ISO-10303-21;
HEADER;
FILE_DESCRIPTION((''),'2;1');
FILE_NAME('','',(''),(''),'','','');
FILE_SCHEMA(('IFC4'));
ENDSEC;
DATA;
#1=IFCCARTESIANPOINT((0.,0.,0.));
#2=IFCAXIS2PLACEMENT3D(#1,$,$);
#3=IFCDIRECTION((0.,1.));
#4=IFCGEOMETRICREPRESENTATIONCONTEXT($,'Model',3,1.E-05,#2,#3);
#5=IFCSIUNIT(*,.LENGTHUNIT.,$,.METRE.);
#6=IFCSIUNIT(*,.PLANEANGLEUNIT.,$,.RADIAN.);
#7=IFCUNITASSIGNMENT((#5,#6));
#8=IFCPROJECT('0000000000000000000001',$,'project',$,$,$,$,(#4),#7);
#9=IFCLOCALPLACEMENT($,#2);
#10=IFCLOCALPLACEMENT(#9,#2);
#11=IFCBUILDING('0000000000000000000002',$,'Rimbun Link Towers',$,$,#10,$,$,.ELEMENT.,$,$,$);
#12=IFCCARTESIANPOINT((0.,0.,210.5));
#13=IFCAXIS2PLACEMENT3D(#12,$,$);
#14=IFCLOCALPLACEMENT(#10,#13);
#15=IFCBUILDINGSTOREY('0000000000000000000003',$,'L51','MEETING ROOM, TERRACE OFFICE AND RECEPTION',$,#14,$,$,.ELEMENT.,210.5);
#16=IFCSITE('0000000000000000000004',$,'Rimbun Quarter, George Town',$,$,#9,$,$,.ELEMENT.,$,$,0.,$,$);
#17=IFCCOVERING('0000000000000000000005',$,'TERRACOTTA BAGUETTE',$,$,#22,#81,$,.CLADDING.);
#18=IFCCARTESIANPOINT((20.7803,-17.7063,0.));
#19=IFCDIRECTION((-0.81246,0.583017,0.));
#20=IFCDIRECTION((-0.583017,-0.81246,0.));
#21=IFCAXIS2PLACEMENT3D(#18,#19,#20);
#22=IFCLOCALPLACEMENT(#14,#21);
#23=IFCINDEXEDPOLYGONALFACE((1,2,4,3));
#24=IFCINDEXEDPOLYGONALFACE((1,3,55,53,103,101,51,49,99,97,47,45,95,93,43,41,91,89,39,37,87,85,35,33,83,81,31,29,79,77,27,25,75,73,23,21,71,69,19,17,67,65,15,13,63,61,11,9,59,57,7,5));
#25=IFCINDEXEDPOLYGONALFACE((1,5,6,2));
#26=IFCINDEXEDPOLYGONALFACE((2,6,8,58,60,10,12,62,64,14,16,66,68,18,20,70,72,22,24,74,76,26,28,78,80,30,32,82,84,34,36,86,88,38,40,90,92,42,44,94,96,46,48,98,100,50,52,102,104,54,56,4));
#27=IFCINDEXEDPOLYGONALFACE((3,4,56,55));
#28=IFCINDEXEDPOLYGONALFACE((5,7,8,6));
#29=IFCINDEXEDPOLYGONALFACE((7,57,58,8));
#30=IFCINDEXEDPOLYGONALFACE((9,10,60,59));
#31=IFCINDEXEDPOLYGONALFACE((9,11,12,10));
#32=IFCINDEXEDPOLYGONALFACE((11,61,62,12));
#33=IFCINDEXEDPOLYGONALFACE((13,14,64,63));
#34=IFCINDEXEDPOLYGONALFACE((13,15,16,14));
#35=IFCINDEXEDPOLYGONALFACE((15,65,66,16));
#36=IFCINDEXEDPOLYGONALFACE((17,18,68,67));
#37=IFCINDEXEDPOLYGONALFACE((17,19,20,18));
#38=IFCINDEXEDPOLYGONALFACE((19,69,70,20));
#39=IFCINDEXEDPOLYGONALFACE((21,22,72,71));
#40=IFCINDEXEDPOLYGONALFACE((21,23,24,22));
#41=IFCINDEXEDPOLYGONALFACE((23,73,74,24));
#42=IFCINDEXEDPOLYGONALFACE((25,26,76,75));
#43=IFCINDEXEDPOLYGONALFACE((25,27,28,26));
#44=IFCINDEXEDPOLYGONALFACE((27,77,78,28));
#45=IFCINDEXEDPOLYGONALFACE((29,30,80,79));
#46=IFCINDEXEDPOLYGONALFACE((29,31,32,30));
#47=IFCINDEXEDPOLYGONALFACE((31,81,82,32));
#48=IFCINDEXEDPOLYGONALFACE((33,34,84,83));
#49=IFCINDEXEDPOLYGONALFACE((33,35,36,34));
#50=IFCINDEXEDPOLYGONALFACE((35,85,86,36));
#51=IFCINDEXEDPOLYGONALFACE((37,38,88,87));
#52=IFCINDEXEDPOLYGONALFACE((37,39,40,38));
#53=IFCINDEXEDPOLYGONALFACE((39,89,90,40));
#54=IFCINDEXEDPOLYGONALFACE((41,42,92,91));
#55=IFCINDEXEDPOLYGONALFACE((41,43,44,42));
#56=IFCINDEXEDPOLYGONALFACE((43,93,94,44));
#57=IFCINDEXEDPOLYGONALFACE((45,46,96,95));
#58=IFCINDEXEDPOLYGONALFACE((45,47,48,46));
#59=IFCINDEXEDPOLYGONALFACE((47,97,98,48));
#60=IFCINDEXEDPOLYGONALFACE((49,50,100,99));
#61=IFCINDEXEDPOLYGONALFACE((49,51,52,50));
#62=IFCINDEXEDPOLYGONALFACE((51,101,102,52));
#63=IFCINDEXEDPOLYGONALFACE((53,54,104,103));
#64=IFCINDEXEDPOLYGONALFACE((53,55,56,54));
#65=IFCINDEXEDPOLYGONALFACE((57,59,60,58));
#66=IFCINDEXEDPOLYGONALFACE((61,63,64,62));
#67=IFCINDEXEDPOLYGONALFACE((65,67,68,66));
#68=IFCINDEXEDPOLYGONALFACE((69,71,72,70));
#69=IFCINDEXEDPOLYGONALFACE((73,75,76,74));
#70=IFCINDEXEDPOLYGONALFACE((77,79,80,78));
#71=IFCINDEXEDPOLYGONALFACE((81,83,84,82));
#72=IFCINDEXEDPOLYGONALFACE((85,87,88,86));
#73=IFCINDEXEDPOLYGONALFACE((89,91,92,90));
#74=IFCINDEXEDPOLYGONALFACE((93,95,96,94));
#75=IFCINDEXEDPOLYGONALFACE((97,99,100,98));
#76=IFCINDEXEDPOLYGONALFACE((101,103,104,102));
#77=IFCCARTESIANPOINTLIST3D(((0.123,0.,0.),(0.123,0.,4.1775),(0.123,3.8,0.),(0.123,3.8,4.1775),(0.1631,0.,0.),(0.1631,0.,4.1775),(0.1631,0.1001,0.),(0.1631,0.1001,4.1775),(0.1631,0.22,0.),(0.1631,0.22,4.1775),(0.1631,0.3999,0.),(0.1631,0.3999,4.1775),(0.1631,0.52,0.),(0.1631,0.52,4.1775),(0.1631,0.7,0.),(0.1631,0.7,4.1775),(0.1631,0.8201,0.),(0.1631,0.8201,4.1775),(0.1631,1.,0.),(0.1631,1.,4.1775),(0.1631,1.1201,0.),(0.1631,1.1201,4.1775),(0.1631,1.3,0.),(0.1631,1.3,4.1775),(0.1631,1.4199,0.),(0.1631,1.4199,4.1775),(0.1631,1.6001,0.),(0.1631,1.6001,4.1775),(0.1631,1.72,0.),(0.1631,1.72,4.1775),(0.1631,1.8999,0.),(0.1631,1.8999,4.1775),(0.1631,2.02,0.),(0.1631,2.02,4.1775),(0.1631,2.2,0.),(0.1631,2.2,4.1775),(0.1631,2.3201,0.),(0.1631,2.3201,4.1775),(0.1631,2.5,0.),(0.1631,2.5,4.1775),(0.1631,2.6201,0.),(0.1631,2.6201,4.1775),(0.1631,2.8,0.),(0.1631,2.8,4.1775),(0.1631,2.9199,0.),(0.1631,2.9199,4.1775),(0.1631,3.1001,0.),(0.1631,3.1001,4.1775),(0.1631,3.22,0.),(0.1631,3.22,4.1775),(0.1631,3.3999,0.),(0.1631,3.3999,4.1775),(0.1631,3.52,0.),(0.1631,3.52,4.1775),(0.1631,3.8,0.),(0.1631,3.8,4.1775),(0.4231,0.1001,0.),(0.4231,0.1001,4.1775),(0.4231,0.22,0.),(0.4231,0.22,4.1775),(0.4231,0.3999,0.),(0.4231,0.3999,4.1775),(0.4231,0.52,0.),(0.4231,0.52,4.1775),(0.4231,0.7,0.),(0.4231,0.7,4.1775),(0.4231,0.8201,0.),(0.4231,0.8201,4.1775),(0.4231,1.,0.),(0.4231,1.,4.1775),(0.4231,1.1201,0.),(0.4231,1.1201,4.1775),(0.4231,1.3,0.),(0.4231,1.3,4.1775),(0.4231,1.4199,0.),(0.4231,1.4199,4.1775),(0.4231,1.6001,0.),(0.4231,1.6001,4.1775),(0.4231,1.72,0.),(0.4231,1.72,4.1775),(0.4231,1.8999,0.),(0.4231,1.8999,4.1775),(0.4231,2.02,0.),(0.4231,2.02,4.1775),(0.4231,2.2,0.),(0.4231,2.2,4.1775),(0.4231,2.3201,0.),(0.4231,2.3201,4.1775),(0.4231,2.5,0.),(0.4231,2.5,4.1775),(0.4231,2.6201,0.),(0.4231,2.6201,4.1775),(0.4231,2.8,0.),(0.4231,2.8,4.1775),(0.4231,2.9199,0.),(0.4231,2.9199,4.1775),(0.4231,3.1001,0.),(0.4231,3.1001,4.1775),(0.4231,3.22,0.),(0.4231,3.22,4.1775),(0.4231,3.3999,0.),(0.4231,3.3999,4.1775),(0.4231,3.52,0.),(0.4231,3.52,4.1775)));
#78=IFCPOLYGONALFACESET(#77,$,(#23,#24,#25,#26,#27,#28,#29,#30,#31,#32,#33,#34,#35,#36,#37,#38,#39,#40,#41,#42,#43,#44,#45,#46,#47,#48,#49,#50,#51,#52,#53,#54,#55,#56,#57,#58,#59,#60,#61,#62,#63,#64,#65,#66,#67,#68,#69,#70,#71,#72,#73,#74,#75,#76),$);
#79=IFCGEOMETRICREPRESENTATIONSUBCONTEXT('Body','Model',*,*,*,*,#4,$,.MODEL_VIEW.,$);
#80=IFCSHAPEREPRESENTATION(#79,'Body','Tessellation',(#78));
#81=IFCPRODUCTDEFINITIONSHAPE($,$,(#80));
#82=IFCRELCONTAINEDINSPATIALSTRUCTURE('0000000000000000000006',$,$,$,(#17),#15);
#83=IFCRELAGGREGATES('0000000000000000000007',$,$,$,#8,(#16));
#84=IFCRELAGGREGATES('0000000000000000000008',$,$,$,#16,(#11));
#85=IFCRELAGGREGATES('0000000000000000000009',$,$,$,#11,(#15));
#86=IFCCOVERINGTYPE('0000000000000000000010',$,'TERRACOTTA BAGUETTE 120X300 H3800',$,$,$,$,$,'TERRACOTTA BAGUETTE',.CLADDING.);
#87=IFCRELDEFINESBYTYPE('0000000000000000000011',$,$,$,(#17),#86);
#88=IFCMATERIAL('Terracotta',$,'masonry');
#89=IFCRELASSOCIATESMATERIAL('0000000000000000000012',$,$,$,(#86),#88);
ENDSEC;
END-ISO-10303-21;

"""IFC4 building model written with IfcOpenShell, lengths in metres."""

from ifc_helpers import new_model, si_unit, direction, frame, origin, place, context, subcontext, project, spatial, polyline, outline, extrude, material, material_profile, profile_set, type_object, element, save


model = new_model("IFC4")

# Units and contexts
model_context = context("Model", 3, precision=1e-05, world=origin(), true_north=direction((0.0, 1.0)))
body_context = subcontext(model_context, "Body", "Model", "MODEL_VIEW")
ifc_project = project(units=[si_unit("LENGTHUNIT", "METRE"), si_unit("PLANEANGLEUNIT", "RADIAN")], contexts=[model_context])

# Site, building, storey
site_placement = place(None, origin())
site = spatial("IfcSite", under=ifc_project, at=site_placement, Name="Rimbun Quarter, George Town", CompositionType="ELEMENT", RefElevation=0.0)
building_placement = place(site_placement, origin())
building = spatial("IfcBuilding", under=site, at=building_placement, Name="Rimbun Link Towers", CompositionType="ELEMENT")
storey_placement = place(building_placement, frame((0.0, 0.0, 210.5)))
storey = spatial("IfcBuildingStorey", under=building, at=storey_placement, Name="L51", Description="MEETING ROOM, TERRACE OFFICE AND RECEPTION", CompositionType="ELEMENT", Elevation=210.5)

# Covering
ifc_material_1 = material(Name="Terracotta", Category="masonry")
ifc_material_profile_1 = material_profile(ifc_material_1, outline(polyline([(0.123, 0.0), (0.1631, 0.0), (0.1631, 0.1001), (0.4231, 0.1001), (0.4231, 0.22), (0.1631, 0.22), (0.1631, 0.3999), (0.4231, 0.3999), (0.4231, 0.52), (0.1631, 0.52), (0.1631, 0.7), (0.4231, 0.7), (0.4231, 0.8201), (0.1631, 0.8201), (0.1631, 1.0), (0.4231, 1.0), (0.4231, 1.1201), (0.1631, 1.1201), (0.1631, 1.3), (0.4231, 1.3), (0.4231, 1.4199), (0.1631, 1.4199), (0.1631, 1.6001), (0.4231, 1.6001), (0.4231, 1.72), (0.1631, 1.72), (0.1631, 1.8999), (0.4231, 1.8999), (0.4231, 2.02), (0.1631, 2.02), (0.1631, 2.2), (0.4231, 2.2), (0.4231, 2.3201), (0.1631, 2.3201), (0.1631, 2.5), (0.4231, 2.5), (0.4231, 2.6201), (0.1631, 2.6201), (0.1631, 2.8), (0.4231, 2.8), (0.4231, 2.9199), (0.1631, 2.9199), (0.1631, 3.1001), (0.4231, 3.1001), (0.4231, 3.22), (0.1631, 3.22), (0.1631, 3.3999), (0.4231, 3.3999), (0.4231, 3.52), (0.1631, 3.52), (0.1631, 3.8), (0.123, 3.8), (0.123, 0.0)])), Name="BAGUETTE 120X300")
ifc_profile_set_1 = profile_set([ifc_material_profile_1], Name="Terracotta")
covering_type = type_object("IfcCoveringType", Name="TERRACOTTA BAGUETTE 120X300 H3800", ElementType="TERRACOTTA BAGUETTE", PredefinedType="CLADDING", material=ifc_profile_set_1)
covering_placement = place(storey_placement, frame((20.7803, -17.7063, 0.0), z_axis=(-0.81246, 0.583017, 0.0), x_axis=(-0.583017, -0.81246, 0.0)))
element("IfcCovering", 1, at=covering_placement, inside=storey, type_object=covering_type, Name="TERRACOTTA BAGUETTE", PredefinedType="CLADDING", context=body_context, shape_type="SweptSolid", body=[
    extrude(outline(polyline([(0.123, 0.0), (0.1631, 0.0), (0.1631, 0.1001), (0.4231, 0.1001), (0.4231, 0.22), (0.1631, 0.22), (0.1631, 0.3999), (0.4231, 0.3999), (0.4231, 0.52), (0.1631, 0.52), (0.1631, 0.7), (0.4231, 0.7), (0.4231, 0.8201), (0.1631, 0.8201), (0.1631, 1.0), (0.4231, 1.0), (0.4231, 1.1201), (0.1631, 1.1201), (0.1631, 1.3), (0.4231, 1.3), (0.4231, 1.4199), (0.1631, 1.4199), (0.1631, 1.6001), (0.4231, 1.6001), (0.4231, 1.72), (0.1631, 1.72), (0.1631, 1.8999), (0.4231, 1.8999), (0.4231, 2.02), (0.1631, 2.02), (0.1631, 2.2), (0.4231, 2.2), (0.4231, 2.3201), (0.1631, 2.3201), (0.1631, 2.5), (0.4231, 2.5), (0.4231, 2.6201), (0.1631, 2.6201), (0.1631, 2.8), (0.4231, 2.8), (0.4231, 2.9199), (0.1631, 2.9199), (0.1631, 3.1001), (0.4231, 3.1001), (0.4231, 3.22), (0.1631, 3.22), (0.1631, 3.3999), (0.4231, 3.3999), (0.4231, 3.52), (0.1631, 3.52), (0.1631, 3.8), (0.123, 3.8), (0.123, 0.0)])), origin(), (0.0, 0.0, 1.0), 4.1775),
])

save(model, "model.ifc")
